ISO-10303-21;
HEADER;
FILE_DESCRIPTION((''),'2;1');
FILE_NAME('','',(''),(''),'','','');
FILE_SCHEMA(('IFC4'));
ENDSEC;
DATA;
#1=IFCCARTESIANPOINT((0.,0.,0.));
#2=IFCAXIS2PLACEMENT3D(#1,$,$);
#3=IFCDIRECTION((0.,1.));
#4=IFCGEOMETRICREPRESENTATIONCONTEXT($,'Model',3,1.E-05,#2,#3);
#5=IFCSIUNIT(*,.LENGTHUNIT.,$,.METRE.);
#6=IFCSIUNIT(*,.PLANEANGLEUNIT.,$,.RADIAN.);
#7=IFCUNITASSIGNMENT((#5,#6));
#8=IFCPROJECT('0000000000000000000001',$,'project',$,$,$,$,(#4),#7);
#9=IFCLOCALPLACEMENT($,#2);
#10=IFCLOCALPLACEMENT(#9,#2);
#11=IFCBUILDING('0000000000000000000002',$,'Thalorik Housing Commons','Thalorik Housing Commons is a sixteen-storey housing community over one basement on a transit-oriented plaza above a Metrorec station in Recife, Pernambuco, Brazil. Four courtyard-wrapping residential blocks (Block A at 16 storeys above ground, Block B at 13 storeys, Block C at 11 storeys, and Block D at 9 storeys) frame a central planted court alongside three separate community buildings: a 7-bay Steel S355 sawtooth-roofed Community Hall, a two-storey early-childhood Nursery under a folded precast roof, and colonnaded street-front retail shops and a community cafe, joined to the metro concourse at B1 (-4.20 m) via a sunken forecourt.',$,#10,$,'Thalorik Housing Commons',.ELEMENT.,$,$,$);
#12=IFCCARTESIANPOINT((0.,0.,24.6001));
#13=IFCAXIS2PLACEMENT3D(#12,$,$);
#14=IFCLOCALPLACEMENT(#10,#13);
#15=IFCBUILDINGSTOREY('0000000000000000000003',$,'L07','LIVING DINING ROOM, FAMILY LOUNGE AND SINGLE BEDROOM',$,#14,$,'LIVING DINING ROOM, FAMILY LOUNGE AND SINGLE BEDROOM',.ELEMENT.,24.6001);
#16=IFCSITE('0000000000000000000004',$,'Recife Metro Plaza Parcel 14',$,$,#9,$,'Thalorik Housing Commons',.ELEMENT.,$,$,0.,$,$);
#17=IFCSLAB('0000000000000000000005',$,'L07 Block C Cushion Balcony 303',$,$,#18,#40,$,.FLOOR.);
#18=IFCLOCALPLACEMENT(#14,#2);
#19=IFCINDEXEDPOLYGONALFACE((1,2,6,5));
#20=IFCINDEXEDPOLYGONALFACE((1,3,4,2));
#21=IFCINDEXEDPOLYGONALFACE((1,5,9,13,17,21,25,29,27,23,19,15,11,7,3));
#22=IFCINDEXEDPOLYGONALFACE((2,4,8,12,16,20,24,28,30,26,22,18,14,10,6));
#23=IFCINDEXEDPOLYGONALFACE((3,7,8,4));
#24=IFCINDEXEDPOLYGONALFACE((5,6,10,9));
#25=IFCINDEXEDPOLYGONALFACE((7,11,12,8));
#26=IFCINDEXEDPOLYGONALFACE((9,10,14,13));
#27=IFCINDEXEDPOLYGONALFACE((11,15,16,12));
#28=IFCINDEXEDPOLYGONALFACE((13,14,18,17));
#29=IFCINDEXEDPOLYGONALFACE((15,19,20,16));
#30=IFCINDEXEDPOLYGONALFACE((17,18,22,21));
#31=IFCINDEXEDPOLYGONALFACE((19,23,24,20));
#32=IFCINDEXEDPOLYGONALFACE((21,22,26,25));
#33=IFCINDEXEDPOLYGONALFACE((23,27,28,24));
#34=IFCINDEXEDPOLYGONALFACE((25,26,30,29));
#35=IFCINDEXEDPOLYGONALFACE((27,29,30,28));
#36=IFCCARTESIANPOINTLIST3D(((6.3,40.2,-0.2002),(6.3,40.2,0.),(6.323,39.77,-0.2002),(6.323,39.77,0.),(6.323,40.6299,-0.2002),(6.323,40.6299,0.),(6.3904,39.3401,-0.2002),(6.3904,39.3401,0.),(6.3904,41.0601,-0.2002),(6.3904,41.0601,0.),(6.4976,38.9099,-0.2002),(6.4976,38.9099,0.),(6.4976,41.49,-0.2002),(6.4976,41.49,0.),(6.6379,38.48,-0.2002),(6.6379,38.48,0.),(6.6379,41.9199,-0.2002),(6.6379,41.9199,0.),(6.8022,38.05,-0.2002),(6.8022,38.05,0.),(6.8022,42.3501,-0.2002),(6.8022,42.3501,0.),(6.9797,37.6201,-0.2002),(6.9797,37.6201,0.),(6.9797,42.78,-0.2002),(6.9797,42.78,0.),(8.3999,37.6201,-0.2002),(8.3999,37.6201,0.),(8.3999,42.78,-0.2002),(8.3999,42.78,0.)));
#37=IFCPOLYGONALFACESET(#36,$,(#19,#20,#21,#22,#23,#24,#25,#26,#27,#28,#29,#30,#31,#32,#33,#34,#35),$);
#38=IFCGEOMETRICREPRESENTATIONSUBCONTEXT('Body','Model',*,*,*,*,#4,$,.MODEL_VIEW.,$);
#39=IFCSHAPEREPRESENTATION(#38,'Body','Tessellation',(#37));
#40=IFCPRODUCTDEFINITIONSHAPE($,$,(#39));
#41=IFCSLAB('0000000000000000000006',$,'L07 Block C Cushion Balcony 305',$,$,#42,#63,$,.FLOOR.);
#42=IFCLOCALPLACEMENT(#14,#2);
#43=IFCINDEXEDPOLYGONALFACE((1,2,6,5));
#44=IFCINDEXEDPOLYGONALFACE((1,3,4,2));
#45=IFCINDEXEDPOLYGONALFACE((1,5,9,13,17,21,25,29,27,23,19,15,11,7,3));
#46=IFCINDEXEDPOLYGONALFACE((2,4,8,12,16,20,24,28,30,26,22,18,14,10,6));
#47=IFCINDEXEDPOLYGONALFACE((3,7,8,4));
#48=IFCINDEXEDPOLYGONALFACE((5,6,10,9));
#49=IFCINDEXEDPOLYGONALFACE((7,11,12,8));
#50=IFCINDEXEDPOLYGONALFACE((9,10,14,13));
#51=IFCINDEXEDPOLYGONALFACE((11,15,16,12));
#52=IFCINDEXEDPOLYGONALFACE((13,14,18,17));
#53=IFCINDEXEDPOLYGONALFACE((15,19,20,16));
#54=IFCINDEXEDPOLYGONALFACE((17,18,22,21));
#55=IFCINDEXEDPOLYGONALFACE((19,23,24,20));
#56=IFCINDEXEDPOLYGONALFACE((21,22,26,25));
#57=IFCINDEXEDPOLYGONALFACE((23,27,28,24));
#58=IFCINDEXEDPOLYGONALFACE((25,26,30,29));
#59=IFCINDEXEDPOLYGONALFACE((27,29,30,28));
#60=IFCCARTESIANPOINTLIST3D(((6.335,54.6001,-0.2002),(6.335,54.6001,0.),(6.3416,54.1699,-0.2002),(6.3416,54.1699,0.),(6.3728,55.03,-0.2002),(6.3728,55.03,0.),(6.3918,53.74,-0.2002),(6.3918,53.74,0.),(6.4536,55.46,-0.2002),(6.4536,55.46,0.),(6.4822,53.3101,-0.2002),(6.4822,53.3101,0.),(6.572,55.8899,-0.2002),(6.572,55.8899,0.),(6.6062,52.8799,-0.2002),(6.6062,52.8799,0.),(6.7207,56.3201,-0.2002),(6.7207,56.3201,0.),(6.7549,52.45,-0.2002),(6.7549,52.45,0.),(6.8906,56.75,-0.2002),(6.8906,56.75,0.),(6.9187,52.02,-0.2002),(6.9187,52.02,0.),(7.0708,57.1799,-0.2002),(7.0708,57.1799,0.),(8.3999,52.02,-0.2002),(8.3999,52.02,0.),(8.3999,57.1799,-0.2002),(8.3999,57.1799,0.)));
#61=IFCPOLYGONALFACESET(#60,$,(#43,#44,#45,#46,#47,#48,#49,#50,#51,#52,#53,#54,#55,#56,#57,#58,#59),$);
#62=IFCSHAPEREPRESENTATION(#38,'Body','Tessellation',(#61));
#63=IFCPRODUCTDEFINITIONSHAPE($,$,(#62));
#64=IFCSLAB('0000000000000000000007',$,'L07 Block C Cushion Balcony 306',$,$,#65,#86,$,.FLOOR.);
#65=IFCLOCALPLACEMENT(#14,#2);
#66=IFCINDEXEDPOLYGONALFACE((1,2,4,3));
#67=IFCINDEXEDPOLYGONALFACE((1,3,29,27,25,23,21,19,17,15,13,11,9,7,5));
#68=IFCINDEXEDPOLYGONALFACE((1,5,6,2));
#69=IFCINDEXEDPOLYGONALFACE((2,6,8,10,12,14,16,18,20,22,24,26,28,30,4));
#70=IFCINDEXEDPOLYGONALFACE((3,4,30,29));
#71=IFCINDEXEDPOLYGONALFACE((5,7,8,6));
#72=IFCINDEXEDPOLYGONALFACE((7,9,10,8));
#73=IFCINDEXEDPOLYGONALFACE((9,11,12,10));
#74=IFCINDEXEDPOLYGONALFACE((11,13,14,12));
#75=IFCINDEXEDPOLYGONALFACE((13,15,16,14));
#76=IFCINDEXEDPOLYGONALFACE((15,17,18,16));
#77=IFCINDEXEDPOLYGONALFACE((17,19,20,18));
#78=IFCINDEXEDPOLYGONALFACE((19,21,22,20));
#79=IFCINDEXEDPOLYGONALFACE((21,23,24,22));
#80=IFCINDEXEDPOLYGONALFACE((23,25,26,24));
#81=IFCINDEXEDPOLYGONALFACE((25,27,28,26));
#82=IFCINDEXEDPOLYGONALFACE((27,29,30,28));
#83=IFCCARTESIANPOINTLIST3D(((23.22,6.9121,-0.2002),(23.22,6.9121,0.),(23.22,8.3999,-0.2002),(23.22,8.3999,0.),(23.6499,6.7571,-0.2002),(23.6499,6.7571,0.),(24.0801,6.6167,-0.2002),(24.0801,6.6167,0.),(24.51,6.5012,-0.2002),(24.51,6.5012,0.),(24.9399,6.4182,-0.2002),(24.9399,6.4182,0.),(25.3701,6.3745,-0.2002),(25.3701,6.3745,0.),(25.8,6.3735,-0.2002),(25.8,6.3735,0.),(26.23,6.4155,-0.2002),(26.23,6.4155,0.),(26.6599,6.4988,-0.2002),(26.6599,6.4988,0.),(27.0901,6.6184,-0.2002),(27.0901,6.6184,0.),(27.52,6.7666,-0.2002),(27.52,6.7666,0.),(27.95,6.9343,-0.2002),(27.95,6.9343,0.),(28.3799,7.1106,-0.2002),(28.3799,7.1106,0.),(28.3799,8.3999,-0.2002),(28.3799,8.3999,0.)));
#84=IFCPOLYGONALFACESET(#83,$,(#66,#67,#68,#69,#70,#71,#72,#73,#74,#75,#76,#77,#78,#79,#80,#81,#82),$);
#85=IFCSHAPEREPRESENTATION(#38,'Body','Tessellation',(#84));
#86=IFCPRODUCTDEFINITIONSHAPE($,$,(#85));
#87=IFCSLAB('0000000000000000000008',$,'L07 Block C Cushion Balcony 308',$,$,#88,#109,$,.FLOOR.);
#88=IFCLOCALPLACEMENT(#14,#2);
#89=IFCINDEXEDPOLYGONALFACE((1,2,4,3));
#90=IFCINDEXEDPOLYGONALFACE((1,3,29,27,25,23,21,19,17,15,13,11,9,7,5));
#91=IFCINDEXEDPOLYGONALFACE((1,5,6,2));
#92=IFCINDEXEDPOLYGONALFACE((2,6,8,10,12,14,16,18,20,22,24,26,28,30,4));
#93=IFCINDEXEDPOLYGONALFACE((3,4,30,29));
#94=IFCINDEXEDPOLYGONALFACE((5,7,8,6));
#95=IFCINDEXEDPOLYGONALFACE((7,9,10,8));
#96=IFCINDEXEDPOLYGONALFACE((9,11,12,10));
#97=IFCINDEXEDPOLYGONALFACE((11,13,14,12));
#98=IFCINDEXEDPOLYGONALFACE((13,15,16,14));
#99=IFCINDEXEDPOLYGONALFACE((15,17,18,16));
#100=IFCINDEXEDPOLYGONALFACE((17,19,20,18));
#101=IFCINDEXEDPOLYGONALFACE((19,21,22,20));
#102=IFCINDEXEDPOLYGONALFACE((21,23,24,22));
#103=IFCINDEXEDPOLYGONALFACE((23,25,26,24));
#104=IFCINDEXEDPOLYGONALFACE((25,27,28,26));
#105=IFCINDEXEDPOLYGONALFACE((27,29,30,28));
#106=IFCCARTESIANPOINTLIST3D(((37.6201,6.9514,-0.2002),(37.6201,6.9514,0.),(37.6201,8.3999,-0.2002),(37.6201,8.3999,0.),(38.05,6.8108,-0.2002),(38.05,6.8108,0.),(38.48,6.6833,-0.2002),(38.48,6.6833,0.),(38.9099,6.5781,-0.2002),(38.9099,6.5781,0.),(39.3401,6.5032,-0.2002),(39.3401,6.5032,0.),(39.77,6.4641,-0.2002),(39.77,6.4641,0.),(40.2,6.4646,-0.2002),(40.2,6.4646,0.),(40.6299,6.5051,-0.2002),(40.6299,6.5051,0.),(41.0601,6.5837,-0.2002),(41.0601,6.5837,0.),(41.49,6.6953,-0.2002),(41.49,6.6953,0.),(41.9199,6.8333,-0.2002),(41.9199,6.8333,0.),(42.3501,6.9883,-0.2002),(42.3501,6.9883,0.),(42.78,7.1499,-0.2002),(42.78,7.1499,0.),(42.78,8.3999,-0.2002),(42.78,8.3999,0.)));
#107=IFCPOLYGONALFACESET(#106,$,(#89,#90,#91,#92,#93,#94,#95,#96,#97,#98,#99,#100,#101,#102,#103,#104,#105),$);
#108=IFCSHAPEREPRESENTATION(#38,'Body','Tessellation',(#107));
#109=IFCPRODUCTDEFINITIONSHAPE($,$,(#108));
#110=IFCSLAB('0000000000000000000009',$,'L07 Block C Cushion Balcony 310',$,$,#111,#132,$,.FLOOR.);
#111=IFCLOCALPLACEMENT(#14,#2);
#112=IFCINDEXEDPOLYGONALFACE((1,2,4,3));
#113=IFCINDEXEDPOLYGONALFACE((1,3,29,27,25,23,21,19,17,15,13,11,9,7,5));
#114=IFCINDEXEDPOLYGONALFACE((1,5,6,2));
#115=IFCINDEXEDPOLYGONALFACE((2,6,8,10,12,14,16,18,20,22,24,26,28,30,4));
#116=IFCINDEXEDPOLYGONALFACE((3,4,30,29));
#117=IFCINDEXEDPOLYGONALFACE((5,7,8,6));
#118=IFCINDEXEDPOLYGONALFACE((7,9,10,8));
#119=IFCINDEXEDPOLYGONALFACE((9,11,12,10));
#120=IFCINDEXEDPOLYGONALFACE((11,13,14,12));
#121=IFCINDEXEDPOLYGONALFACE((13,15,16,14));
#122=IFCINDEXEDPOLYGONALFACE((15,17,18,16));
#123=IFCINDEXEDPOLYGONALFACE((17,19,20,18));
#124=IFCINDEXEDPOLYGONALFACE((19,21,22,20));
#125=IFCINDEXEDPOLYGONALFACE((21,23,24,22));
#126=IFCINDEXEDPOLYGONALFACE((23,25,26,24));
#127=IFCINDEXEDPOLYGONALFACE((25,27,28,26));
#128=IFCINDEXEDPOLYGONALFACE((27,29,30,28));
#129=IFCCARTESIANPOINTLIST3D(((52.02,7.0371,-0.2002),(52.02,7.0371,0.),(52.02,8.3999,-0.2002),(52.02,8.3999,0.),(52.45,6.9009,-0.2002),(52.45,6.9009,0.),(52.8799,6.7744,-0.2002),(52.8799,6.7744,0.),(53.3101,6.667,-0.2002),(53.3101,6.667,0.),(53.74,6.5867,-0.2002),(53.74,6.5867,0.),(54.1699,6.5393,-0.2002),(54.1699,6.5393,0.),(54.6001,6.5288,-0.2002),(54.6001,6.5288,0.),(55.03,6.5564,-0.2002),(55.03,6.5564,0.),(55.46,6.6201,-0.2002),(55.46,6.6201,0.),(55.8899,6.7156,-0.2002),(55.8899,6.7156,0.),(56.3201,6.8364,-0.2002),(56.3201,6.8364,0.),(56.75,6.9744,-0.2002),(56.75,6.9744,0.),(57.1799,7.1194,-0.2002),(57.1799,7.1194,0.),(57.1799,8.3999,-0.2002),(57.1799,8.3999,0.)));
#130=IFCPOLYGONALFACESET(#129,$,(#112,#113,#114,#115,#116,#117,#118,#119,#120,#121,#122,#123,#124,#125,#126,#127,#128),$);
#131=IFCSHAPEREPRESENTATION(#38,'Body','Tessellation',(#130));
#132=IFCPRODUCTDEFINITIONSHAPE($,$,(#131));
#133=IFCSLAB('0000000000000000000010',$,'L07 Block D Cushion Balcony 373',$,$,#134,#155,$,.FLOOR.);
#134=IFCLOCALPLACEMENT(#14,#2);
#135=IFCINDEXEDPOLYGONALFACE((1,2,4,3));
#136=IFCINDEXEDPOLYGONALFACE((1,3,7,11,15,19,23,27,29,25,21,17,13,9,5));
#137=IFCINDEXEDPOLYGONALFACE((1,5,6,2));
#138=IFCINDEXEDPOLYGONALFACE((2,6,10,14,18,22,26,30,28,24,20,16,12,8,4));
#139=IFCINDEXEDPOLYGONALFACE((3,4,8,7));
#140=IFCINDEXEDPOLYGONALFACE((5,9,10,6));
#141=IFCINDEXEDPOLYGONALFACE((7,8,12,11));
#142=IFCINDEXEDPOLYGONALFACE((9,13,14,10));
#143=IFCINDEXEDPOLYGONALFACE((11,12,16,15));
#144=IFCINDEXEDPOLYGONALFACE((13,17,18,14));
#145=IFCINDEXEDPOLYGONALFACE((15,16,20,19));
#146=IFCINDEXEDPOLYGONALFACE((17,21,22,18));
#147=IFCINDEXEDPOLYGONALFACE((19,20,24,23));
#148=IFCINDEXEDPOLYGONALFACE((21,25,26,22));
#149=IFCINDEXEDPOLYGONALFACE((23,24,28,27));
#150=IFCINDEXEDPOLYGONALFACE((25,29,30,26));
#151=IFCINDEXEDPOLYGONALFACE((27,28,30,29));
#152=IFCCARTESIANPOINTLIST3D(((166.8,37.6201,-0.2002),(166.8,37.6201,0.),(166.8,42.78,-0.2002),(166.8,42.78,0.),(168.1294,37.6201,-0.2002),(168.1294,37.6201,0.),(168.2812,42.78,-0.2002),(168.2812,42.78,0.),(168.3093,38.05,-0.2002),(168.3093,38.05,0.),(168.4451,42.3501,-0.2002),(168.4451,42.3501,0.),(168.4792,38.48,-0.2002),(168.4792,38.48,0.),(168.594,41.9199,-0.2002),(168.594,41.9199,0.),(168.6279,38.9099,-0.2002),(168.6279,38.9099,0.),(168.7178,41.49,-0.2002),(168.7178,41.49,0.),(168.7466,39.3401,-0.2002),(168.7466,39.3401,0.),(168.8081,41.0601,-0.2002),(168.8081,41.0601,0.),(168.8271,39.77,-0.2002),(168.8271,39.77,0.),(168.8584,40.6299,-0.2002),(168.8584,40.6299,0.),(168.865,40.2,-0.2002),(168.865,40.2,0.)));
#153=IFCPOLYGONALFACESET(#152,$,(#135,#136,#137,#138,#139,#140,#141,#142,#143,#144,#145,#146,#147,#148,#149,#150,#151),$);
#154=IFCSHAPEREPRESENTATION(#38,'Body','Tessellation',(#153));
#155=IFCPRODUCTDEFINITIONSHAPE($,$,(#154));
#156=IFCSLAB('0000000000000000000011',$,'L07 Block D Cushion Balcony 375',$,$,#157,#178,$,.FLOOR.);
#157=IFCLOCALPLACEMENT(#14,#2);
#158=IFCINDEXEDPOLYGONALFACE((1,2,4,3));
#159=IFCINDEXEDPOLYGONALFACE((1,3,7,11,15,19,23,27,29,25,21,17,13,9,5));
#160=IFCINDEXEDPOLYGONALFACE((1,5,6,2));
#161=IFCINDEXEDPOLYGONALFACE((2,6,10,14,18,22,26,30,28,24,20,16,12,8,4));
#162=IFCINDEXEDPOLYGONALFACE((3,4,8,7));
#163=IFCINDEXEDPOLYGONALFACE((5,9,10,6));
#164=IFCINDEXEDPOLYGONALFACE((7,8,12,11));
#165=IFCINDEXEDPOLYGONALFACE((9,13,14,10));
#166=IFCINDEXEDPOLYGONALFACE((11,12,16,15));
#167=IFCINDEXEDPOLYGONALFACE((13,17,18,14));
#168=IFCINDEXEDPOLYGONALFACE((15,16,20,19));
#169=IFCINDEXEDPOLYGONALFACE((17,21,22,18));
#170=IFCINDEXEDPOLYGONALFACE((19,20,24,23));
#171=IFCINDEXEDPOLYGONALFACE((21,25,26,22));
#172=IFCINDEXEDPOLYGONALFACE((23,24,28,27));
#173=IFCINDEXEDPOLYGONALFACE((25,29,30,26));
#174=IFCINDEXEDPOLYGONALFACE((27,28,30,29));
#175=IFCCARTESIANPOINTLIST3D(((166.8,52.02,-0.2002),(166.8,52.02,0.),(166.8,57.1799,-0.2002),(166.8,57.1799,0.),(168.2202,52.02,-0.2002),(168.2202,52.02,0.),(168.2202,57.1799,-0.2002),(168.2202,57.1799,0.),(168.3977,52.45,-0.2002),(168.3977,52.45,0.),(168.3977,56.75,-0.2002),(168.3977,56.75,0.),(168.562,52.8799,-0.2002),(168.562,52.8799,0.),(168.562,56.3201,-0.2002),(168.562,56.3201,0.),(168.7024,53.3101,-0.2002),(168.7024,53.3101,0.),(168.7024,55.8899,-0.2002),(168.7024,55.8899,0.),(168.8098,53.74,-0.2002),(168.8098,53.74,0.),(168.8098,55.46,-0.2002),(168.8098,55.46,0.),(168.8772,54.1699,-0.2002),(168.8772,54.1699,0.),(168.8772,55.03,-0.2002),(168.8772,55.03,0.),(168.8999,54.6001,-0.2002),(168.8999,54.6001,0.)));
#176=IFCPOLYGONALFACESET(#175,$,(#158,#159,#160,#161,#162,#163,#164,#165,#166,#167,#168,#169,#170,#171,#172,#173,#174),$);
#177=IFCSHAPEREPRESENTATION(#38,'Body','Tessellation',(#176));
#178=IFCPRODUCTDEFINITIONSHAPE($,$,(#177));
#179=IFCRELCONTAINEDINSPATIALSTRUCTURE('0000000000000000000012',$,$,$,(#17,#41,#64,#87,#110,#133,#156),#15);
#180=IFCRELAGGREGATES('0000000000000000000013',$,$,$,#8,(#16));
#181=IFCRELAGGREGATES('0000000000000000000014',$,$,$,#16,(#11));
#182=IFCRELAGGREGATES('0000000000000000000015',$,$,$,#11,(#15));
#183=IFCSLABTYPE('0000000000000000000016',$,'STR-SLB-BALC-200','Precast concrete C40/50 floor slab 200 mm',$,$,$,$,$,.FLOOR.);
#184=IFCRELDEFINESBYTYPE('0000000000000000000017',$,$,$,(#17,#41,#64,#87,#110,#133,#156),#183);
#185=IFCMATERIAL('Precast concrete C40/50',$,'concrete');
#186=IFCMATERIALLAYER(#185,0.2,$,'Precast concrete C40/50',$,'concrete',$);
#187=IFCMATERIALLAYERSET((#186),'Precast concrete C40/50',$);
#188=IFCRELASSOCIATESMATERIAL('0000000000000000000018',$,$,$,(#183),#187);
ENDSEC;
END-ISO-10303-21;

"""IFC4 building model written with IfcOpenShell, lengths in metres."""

from ifc_helpers import new_model, si_unit, direction, frame, origin, place, context, subcontext, project, spatial, polyline, outline, extrude, material, layer, layer_set, type_object, element, save


model = new_model("IFC4")

# Units and contexts
model_context = context("Model", 3, precision=1e-05, world=origin(), true_north=direction((0.0, 1.0)))
body_context = subcontext(model_context, "Body", "Model", "MODEL_VIEW")
ifc_project = project(units=[si_unit("LENGTHUNIT", "METRE"), si_unit("PLANEANGLEUNIT", "RADIAN")], contexts=[model_context])

# Site, building, storey
site_placement = place(None, origin())
site = spatial("IfcSite", under=ifc_project, at=site_placement, Name="Recife Metro Plaza Parcel 14", LongName="Thalorik Housing Commons", CompositionType="ELEMENT", RefElevation=0.0)
building_placement = place(site_placement, origin())
building = spatial("IfcBuilding", under=site, at=building_placement, Name="Thalorik Housing Commons", Description="Thalorik Housing Commons is a sixteen-storey housing community over one basement on a transit-oriented plaza above a Metrorec station in Recife, Pernambuco, Brazil. Four courtyard-wrapping residential blocks (Block A at 16 storeys above ground, Block B at 13 storeys, Block C at 11 storeys, and Block D at 9 storeys) frame a central planted court alongside three separate community buildings: a 7-bay Steel S355 sawtooth-roofed Community Hall, a two-storey early-childhood Nursery under a folded precast roof, and colonnaded street-front retail shops and a community cafe, joined to the metro concourse at B1 (-4.20 m) via a sunken forecourt.", LongName="Thalorik Housing Commons", CompositionType="ELEMENT")
storey_placement = place(building_placement, frame((0.0, 0.0, 24.6001)))
storey = spatial("IfcBuildingStorey", under=building, at=storey_placement, Name="L07", Description="LIVING DINING ROOM, FAMILY LOUNGE AND SINGLE BEDROOM", LongName="LIVING DINING ROOM, FAMILY LOUNGE AND SINGLE BEDROOM", CompositionType="ELEMENT", Elevation=24.6001)

# Slabs
ifc_material_1 = material(Name="Precast concrete C40/50", Category="concrete")
ifc_layer_1 = layer(ifc_material_1, 0.2, Name="Precast concrete C40/50", Category="concrete")
ifc_layer_set_1 = layer_set([ifc_layer_1], Name="Precast concrete C40/50")
slab_type = type_object("IfcSlabType", Name="STR-SLB-BALC-200", Description="Precast concrete C40/50 floor slab 200 mm", PredefinedType="FLOOR", material=ifc_layer_set_1)
slab_1_placement = place(storey_placement, frame((0.0, 0.0, -0.2002)))
element("IfcSlab", 1, at=slab_1_placement, inside=storey, type_object=slab_type, Name="L07 Block C Cushion Balcony 303", PredefinedType="FLOOR", context=body_context, shape_type="SweptSolid", body=[
    extrude(outline(polyline([(8.3999, 37.6201), (8.3999, 42.78), (6.9797, 42.78), (6.8022, 42.3501), (6.6379, 41.9199), (6.4976, 41.49), (6.3904, 41.0601), (6.323, 40.6299), (6.3, 40.2), (6.323, 39.77), (6.3904, 39.3401), (6.4976, 38.9099), (6.6379, 38.48), (6.8022, 38.05), (6.9797, 37.6201), (8.3999, 37.6201)])), origin(), (0.0, 0.0, 1.0), 0.2002),
])
slab_2_placement = place(storey_placement, frame((0.0, 0.0, -0.2002)))
element("IfcSlab", 2, at=slab_2_placement, inside=storey, type_object=slab_type, Name="L07 Block C Cushion Balcony 305", PredefinedType="FLOOR", context=body_context, shape_type="SweptSolid", body=[
    extrude(outline(polyline([(8.3999, 52.02), (8.3999, 57.1799), (7.0708, 57.1799), (6.8906, 56.75), (6.7207, 56.3201), (6.572, 55.8899), (6.4536, 55.46), (6.3728, 55.03), (6.335, 54.6001), (6.3416, 54.1699), (6.3918, 53.74), (6.4822, 53.3101), (6.6062, 52.8799), (6.7549, 52.45), (6.9187, 52.02), (8.3999, 52.02)])), origin(), (0.0, 0.0, 1.0), 0.2002),
])
slab_3_placement = place(storey_placement, frame((0.0, 0.0, -0.2002)))
element("IfcSlab", 3, at=slab_3_placement, inside=storey, type_object=slab_type, Name="L07 Block C Cushion Balcony 306", PredefinedType="FLOOR", context=body_context, shape_type="SweptSolid", body=[
    extrude(outline(polyline([(23.22, 6.9121), (23.6499, 6.7571), (24.0801, 6.6167), (24.51, 6.5012), (24.9399, 6.4182), (25.3701, 6.3745), (25.8, 6.3735), (26.23, 6.4155), (26.6599, 6.4988), (27.0901, 6.6184), (27.52, 6.7666), (27.95, 6.9343), (28.3799, 7.1106), (28.3799, 8.3999), (23.22, 8.3999), (23.22, 6.9121)])), origin(), (0.0, 0.0, 1.0), 0.2002),
])
slab_4_placement = place(storey_placement, frame((0.0, 0.0, -0.2002)))
element("IfcSlab", 4, at=slab_4_placement, inside=storey, type_object=slab_type, Name="L07 Block C Cushion Balcony 308", PredefinedType="FLOOR", context=body_context, shape_type="SweptSolid", body=[
    extrude(outline(polyline([(37.6201, 6.9514), (38.05, 6.8108), (38.48, 6.6833), (38.9099, 6.5781), (39.3401, 6.5032), (39.77, 6.4641), (40.2, 6.4646), (40.6299, 6.5051), (41.0601, 6.5837), (41.49, 6.6953), (41.9199, 6.8333), (42.3501, 6.9883), (42.78, 7.1499), (42.78, 8.3999), (37.6201, 8.3999), (37.6201, 6.9514)])), origin(), (0.0, 0.0, 1.0), 0.2002),
])
slab_5_placement = place(storey_placement, frame((0.0, 0.0, -0.2002)))
element("IfcSlab", 5, at=slab_5_placement, inside=storey, type_object=slab_type, Name="L07 Block C Cushion Balcony 310", PredefinedType="FLOOR", context=body_context, shape_type="SweptSolid", body=[
    extrude(outline(polyline([(52.02, 7.0371), (52.45, 6.9009), (52.8799, 6.7744), (53.3101, 6.667), (53.74, 6.5867), (54.1699, 6.5393), (54.6001, 6.5288), (55.03, 6.5564), (55.46, 6.6201), (55.8899, 6.7156), (56.3201, 6.8364), (56.75, 6.9744), (57.1799, 7.1194), (57.1799, 8.3999), (52.02, 8.3999), (52.02, 7.0371)])), origin(), (0.0, 0.0, 1.0), 0.2002),
])
slab_6_placement = place(storey_placement, frame((0.0, 0.0, -0.2002)))
element("IfcSlab", 6, at=slab_6_placement, inside=storey, type_object=slab_type, Name="L07 Block D Cushion Balcony 373", PredefinedType="FLOOR", context=body_context, shape_type="SweptSolid", body=[
    extrude(outline(polyline([(168.1294, 37.6201), (168.3093, 38.05), (168.4792, 38.48), (168.6279, 38.9099), (168.7466, 39.3401), (168.8271, 39.77), (168.865, 40.2), (168.8584, 40.6299), (168.8081, 41.0601), (168.7178, 41.49), (168.594, 41.9199), (168.4451, 42.3501), (168.2812, 42.78), (166.8, 42.78), (166.8, 37.6201), (168.1294, 37.6201)])), origin(), (0.0, 0.0, 1.0), 0.2002),
])
slab_7_placement = place(storey_placement, frame((0.0, 0.0, -0.2002)))
element("IfcSlab", 7, at=slab_7_placement, inside=storey, type_object=slab_type, Name="L07 Block D Cushion Balcony 375", PredefinedType="FLOOR", context=body_context, shape_type="SweptSolid", body=[
    extrude(outline(polyline([(168.2202, 52.02), (168.3977, 52.45), (168.562, 52.8799), (168.7024, 53.3101), (168.8098, 53.74), (168.8772, 54.1699), (168.8999, 54.6001), (168.8772, 55.03), (168.8098, 55.46), (168.7024, 55.8899), (168.562, 56.3201), (168.3977, 56.75), (168.2202, 57.1799), (166.8, 57.1799), (166.8, 52.02), (168.2202, 52.02)])), origin(), (0.0, 0.0, 1.0), 0.2002),
])

save(model, "model.ifc")
